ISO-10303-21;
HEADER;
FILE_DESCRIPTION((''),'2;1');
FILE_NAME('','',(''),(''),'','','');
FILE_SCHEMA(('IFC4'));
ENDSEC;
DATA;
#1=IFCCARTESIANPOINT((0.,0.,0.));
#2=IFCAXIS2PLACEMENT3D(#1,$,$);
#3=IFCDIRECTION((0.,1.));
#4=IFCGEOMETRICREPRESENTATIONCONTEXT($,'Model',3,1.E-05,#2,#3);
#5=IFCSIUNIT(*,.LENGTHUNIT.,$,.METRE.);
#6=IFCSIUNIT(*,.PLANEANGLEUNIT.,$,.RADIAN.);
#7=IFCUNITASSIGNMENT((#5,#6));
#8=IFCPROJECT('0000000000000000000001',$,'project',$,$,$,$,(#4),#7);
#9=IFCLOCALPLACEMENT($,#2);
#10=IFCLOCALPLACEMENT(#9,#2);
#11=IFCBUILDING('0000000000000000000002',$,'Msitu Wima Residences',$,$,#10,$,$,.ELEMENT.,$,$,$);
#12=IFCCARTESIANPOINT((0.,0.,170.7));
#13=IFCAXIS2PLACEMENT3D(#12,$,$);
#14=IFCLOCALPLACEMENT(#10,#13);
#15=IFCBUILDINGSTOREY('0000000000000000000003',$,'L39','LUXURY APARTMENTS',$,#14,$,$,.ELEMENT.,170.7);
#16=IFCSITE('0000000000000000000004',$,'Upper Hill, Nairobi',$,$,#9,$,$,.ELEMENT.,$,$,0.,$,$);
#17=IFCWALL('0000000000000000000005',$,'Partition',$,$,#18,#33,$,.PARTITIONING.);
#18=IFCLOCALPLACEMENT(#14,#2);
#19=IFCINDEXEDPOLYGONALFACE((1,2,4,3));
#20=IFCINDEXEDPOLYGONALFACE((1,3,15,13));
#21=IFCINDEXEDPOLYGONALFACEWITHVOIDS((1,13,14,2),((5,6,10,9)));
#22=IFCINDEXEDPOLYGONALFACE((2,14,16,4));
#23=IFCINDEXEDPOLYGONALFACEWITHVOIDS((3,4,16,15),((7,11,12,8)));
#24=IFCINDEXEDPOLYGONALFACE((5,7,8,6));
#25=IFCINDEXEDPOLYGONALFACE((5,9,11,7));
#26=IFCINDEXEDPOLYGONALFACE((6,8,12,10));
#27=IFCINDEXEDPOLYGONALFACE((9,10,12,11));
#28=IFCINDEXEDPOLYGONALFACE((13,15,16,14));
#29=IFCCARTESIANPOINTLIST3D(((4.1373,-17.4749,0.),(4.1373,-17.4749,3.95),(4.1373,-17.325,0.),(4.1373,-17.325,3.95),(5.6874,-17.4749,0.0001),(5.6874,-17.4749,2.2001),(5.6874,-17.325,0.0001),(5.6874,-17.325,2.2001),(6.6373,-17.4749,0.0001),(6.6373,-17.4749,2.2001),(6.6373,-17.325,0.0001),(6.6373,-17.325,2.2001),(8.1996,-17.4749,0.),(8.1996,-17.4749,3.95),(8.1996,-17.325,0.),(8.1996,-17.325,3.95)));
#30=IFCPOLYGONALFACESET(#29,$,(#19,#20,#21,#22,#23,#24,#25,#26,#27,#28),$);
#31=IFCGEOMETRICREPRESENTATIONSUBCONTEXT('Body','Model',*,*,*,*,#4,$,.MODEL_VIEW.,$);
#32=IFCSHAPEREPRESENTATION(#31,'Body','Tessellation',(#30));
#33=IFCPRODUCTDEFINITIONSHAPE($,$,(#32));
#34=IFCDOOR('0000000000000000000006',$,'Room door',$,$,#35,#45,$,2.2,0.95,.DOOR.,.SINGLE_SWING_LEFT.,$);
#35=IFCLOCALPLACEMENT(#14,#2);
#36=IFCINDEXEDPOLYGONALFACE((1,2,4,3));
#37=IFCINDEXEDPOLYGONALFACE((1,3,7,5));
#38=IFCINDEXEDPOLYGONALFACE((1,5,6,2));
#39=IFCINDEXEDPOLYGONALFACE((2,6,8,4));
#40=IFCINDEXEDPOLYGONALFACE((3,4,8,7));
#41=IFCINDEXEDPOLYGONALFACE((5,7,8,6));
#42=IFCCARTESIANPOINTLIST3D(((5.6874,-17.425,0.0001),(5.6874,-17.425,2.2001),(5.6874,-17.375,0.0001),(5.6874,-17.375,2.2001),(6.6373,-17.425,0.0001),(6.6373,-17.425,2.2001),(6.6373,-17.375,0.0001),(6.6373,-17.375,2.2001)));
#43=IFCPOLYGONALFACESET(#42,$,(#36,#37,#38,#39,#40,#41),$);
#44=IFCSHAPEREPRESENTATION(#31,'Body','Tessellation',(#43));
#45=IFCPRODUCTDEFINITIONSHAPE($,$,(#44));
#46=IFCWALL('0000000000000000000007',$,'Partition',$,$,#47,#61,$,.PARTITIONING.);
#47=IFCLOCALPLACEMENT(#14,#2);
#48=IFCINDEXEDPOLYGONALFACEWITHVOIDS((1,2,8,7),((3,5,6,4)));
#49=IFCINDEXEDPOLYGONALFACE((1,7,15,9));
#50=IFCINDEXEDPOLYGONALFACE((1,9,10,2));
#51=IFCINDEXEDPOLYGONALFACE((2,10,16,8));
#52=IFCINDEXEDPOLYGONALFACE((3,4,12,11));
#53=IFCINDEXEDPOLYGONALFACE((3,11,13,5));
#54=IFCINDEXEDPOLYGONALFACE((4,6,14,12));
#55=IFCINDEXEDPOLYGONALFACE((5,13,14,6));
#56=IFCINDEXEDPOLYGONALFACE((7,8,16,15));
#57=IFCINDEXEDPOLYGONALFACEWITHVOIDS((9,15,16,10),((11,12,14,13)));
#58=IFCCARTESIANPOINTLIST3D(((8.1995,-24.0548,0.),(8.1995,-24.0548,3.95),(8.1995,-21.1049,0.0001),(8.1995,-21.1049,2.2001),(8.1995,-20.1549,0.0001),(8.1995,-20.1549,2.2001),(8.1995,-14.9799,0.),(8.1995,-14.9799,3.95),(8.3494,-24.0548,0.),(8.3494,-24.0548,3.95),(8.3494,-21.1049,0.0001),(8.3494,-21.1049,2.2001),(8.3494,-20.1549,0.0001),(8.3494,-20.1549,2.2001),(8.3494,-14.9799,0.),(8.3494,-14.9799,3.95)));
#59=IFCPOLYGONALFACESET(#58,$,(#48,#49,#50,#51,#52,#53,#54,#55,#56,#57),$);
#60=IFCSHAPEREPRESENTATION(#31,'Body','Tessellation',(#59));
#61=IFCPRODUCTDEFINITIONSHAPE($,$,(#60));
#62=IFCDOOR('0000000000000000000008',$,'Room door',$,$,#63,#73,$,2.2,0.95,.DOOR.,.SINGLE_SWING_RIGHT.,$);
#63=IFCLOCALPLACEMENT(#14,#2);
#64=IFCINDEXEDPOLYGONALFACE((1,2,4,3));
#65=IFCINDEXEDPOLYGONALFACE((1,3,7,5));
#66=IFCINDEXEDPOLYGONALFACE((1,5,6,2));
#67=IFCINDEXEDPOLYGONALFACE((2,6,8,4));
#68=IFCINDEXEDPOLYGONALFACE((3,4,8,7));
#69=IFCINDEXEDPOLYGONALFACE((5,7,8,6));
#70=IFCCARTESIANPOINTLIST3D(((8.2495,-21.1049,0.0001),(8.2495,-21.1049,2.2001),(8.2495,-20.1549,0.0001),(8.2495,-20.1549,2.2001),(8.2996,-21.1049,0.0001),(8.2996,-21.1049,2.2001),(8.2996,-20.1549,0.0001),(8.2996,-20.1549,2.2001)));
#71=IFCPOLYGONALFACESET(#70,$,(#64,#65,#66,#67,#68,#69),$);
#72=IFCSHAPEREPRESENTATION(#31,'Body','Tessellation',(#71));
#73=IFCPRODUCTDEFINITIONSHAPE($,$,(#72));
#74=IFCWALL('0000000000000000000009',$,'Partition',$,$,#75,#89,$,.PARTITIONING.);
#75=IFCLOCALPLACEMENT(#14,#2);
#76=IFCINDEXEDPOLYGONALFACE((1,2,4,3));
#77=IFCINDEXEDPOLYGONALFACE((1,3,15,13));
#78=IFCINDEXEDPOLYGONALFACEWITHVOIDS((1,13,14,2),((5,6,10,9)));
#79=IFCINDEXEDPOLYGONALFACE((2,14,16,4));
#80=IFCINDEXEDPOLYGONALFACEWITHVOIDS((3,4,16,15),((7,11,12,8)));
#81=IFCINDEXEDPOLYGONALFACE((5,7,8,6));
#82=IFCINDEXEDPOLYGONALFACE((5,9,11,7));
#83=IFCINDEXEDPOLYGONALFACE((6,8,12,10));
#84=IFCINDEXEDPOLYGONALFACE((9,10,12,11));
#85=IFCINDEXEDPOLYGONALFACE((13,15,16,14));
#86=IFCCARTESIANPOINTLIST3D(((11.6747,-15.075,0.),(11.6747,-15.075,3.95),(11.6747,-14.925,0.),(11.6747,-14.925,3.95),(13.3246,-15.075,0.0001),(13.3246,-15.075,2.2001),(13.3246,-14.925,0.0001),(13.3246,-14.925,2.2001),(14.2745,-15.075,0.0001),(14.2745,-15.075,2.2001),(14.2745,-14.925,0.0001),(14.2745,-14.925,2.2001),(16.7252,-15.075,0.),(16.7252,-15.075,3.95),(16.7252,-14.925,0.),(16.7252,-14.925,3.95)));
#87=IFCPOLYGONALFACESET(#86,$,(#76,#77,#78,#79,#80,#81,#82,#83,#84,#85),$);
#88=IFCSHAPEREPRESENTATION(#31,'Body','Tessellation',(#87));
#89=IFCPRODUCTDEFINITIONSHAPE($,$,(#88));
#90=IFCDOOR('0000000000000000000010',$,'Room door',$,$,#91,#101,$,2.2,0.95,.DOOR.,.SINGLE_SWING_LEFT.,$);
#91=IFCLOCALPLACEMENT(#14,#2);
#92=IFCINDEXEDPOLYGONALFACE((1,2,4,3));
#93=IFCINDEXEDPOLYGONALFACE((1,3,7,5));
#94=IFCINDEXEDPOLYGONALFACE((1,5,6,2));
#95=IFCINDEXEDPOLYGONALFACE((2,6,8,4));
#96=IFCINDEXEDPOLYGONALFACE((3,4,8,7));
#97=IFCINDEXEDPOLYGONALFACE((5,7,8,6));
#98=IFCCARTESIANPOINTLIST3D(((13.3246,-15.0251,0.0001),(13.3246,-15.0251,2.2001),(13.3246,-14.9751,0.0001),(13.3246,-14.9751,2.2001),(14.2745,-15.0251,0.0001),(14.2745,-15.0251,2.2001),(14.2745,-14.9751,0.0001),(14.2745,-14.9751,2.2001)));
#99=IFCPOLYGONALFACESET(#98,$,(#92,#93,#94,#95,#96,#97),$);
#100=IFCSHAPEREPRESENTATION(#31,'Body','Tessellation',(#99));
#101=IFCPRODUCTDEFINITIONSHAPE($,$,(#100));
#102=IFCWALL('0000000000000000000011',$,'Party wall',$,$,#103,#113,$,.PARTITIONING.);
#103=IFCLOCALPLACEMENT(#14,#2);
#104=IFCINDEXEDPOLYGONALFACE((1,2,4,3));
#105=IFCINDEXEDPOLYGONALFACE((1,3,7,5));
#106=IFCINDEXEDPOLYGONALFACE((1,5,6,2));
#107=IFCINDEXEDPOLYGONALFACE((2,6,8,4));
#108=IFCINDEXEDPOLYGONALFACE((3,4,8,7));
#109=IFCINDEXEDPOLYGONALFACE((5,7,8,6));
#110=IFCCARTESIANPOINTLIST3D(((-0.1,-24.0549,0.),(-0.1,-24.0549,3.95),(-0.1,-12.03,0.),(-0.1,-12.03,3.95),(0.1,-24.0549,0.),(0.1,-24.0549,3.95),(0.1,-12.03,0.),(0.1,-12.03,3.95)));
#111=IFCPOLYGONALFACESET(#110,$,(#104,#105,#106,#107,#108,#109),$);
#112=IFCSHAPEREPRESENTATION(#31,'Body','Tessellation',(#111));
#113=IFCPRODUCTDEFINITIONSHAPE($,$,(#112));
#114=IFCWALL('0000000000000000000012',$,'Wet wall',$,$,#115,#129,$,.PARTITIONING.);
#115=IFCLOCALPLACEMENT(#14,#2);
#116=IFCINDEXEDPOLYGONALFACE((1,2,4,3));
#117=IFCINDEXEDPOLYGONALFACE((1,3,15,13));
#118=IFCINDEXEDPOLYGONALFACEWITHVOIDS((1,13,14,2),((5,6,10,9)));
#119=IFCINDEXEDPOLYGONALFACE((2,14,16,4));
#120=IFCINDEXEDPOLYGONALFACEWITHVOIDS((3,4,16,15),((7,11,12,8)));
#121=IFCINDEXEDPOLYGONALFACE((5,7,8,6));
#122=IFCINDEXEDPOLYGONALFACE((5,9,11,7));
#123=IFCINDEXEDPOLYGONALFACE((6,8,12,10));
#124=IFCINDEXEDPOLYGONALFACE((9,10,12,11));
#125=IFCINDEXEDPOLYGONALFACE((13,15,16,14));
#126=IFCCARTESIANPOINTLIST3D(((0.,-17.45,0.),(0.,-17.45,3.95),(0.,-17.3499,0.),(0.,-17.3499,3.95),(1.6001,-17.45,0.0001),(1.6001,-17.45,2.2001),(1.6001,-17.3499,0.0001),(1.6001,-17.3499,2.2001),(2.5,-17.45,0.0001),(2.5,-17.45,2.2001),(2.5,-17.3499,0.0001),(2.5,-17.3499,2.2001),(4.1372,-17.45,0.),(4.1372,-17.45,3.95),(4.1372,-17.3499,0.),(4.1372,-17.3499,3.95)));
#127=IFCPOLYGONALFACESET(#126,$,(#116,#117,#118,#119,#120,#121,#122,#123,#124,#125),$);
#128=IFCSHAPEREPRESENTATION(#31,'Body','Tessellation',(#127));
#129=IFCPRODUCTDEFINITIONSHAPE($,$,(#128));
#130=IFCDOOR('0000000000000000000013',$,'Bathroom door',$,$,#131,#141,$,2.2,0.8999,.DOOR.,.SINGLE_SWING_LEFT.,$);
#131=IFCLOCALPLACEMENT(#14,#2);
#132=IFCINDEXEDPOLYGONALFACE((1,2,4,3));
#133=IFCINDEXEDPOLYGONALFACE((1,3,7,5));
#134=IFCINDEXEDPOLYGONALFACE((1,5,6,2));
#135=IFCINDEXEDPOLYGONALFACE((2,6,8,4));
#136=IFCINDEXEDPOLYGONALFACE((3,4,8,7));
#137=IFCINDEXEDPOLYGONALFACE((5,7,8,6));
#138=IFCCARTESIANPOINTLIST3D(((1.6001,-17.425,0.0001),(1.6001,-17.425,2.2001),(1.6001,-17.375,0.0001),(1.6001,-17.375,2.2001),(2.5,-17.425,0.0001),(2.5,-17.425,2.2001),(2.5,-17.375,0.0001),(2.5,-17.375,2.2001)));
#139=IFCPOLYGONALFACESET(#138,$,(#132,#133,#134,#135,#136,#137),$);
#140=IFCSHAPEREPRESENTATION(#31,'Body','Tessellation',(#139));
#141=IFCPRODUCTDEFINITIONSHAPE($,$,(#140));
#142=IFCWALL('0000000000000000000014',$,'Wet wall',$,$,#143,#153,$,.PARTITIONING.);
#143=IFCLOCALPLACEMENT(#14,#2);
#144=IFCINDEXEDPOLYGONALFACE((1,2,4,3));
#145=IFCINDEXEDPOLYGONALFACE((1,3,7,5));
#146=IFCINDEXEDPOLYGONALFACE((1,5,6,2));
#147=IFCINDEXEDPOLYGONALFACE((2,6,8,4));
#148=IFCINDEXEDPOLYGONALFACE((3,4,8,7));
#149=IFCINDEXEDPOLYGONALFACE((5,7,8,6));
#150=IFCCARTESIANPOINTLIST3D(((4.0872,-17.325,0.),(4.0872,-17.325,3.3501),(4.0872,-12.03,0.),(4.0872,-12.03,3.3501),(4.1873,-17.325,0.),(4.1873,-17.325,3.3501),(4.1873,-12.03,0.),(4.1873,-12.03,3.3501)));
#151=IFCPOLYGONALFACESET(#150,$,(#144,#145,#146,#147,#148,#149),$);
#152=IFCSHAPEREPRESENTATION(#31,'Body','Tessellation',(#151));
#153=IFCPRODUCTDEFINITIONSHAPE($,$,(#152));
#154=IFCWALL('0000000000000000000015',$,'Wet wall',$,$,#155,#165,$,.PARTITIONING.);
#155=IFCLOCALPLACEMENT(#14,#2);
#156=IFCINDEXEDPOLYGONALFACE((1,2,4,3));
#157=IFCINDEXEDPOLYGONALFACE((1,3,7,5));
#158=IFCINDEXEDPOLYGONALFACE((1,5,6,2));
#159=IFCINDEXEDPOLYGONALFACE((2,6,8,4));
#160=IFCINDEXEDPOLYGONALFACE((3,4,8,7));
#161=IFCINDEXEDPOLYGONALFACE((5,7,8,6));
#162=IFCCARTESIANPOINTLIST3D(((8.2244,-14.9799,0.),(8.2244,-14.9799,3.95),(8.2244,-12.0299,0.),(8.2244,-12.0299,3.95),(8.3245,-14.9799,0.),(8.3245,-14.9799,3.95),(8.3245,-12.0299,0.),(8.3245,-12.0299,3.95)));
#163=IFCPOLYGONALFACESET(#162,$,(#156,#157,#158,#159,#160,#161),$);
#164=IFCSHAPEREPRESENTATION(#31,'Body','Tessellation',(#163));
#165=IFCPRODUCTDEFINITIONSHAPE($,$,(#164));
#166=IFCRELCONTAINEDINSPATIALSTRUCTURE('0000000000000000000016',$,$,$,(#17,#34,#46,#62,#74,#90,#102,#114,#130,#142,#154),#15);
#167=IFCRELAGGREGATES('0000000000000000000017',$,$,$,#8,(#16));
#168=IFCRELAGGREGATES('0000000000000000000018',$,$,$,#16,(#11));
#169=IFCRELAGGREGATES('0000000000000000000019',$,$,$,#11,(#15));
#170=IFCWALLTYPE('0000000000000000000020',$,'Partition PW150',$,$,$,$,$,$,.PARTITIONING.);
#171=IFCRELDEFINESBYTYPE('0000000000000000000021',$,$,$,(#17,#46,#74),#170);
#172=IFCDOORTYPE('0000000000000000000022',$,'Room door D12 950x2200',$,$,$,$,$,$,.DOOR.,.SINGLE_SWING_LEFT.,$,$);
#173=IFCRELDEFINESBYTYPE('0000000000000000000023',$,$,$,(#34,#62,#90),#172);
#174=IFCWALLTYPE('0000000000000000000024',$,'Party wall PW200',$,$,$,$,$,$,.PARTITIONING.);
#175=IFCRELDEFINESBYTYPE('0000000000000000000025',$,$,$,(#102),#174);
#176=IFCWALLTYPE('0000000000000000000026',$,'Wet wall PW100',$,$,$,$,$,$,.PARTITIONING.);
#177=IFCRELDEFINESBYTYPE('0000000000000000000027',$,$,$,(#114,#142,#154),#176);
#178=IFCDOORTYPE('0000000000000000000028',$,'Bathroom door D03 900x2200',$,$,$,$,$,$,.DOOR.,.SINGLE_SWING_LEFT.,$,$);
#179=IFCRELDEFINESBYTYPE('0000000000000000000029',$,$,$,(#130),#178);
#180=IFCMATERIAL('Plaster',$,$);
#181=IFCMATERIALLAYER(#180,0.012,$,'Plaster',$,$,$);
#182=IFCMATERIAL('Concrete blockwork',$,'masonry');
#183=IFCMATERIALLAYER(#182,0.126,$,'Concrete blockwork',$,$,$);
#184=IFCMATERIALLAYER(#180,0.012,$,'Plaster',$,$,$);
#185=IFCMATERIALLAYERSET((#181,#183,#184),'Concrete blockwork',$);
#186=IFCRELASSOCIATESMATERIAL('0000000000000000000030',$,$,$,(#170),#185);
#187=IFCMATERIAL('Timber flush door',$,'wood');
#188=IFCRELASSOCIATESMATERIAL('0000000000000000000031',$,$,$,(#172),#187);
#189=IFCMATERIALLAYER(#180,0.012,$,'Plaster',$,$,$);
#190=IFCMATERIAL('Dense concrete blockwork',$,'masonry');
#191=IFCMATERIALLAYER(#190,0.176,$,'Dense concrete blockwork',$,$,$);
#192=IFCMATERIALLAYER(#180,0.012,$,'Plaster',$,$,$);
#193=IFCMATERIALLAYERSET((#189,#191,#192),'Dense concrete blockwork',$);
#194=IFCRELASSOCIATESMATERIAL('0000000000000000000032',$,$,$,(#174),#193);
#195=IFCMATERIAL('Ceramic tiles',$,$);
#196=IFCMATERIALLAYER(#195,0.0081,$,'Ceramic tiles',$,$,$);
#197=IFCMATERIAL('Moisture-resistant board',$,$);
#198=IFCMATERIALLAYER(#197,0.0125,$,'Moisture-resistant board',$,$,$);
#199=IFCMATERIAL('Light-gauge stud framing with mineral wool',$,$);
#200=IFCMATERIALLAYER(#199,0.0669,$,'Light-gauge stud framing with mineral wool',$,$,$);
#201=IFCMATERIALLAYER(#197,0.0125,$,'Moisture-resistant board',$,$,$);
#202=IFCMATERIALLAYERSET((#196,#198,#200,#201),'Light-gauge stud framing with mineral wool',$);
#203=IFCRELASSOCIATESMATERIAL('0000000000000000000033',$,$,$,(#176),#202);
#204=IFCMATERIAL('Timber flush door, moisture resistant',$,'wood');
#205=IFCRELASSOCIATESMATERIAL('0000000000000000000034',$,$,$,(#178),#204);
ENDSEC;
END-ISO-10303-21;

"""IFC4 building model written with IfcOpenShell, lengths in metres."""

from ifc_helpers import new_model, si_unit, direction, frame, frame_2d, origin, place, context, subcontext, project, spatial, rectangle, extrude, material, layer, layer_set, type_object, element, fill, save


model = new_model("IFC4")

# Units and contexts
model_context = context("Model", 3, precision=1e-05, world=origin(), true_north=direction((0.0, 1.0)))
body_context = subcontext(model_context, "Body", "Model", "MODEL_VIEW")
ifc_project = project(units=[si_unit("LENGTHUNIT", "METRE"), si_unit("PLANEANGLEUNIT", "RADIAN")], contexts=[model_context])

# Site, building, storey
site_placement = place(None, origin())
site = spatial("IfcSite", under=ifc_project, at=site_placement, Name="Upper Hill, Nairobi", CompositionType="ELEMENT", RefElevation=0.0)
building_placement = place(site_placement, origin())
building = spatial("IfcBuilding", under=site, at=building_placement, Name="Msitu Wima Residences", CompositionType="ELEMENT")
storey_placement = place(building_placement, frame((0.0, 0.0, 170.7)))
storey = spatial("IfcBuildingStorey", under=building, at=storey_placement, Name="L39", Description="LUXURY APARTMENTS", CompositionType="ELEMENT", Elevation=170.7)

# Walls, openings, doors
ifc_material_1 = material(Name="Plaster")
ifc_layer_1 = layer(ifc_material_1, 0.012, Name="Plaster")
ifc_material_2 = material(Name="Concrete blockwork", Category="masonry")
ifc_layer_2 = layer(ifc_material_2, 0.126, Name="Concrete blockwork")
ifc_layer_3 = layer(ifc_material_1, 0.012, Name="Plaster")
ifc_layer_set_1 = layer_set([ifc_layer_1, ifc_layer_2, ifc_layer_3], Name="Concrete blockwork")
wall_type_1 = type_object("IfcWallType", Name="Partition PW150", PredefinedType="PARTITIONING", material=ifc_layer_set_1)
wall_1_placement = place(storey_placement, frame((4.1372, -17.3999, 0.0), z_axis=(0.0, 0.0, 1.0), x_axis=(1.0, 0.0, 0.0)))
wall_1 = element("IfcWall", 1, at=wall_1_placement, inside=storey, type_object=wall_type_1, Name="Partition", PredefinedType="PARTITIONING", context=body_context, shape_type="SweptSolid", body=[
    extrude(rectangle(XDim=4.0623, YDim=0.1499, at=frame_2d((2.0312, 0.0))), origin(), (0.0, 0.0, 1.0), 3.95),
])
opening_1_placement = place(wall_1_placement, frame((1.55, 0.0, 0.0)))
opening_1 = element("IfcOpeningElement", 2, at=opening_1_placement, cuts=wall_1, PredefinedType="OPENING", context=body_context, shape_type="SweptSolid", body=[
    extrude(rectangle(XDim=0.95, YDim=2.2, at=frame_2d((0.4751, 1.1001))), frame((0.0, 0.085, 0.0), z_axis=(0.0, -1.0, 0.0), x_axis=(1.0, 0.0, 0.0)), (0.0, 0.0, 1.0), 0.1699),
])
ifc_material_3 = material(Name="Timber flush door", Category="wood")
door_type_1 = type_object("IfcDoorType", Name="Room door D12 950x2200", OperationType="SINGLE_SWING_LEFT", PredefinedType="DOOR", material=ifc_material_3)
door_1_placement = place(opening_1_placement, origin())
door_1 = element("IfcDoor", 3, at=door_1_placement, inside=storey, type_object=door_type_1, Name="Room door", OperationType="SINGLE_SWING_LEFT", OverallHeight=2.2, OverallWidth=0.95, PredefinedType="DOOR", context=body_context, shape_type="SweptSolid", body=[
    extrude(rectangle(XDim=0.95, YDim=2.2, at=frame_2d((0.4751, 1.1001))), frame((0.0, 0.0249, 0.0), z_axis=(0.0, -1.0, 0.0), x_axis=(1.0, 0.0, 0.0)), (0.0, 0.0, 1.0), 0.05),
])
fill(opening_1, door_1)
wall_2_placement = place(storey_placement, frame((8.2744, -24.0549, 0.0), z_axis=(0.0, 0.0, 1.0), x_axis=(0.0, 1.0, 0.0)))
wall_2 = element("IfcWall", 4, at=wall_2_placement, inside=storey, type_object=wall_type_1, Name="Partition", PredefinedType="PARTITIONING", context=body_context, shape_type="SweptSolid", body=[
    extrude(rectangle(XDim=9.075, YDim=0.1499, at=frame_2d((4.5376, 0.0))), origin(), (0.0, 0.0, 1.0), 3.95),
])
opening_2_placement = place(wall_2_placement, frame((2.95, 0.0, 0.0)))
opening_2 = element("IfcOpeningElement", 5, at=opening_2_placement, cuts=wall_2, PredefinedType="OPENING", context=body_context, shape_type="SweptSolid", body=[
    extrude(rectangle(XDim=0.95, YDim=2.2, at=frame_2d((0.4751, 1.1001))), frame((0.0, 0.085, 0.0), z_axis=(0.0, -1.0, 0.0), x_axis=(1.0, 0.0, 0.0)), (0.0, 0.0, 1.0), 0.1699),
])
door_2_placement = place(opening_2_placement, origin())
door_2 = element("IfcDoor", 6, at=door_2_placement, inside=storey, type_object=door_type_1, Name="Room door", OperationType="SINGLE_SWING_RIGHT", OverallHeight=2.2, OverallWidth=0.95, PredefinedType="DOOR", context=body_context, shape_type="SweptSolid", body=[
    extrude(rectangle(XDim=0.95, YDim=2.2, at=frame_2d((0.4751, 1.1001))), frame((0.0, 0.0249, 0.0), z_axis=(0.0, -1.0, 0.0), x_axis=(1.0, 0.0, 0.0)), (0.0, 0.0, 1.0), 0.05),
])
fill(opening_2, door_2)
wall_3_placement = place(storey_placement, frame((11.6746, -15.0, 0.0), z_axis=(0.0, 0.0, 1.0), x_axis=(1.0, 0.0, 0.0)))
wall_3 = element("IfcWall", 7, at=wall_3_placement, inside=storey, type_object=wall_type_1, Name="Partition", PredefinedType="PARTITIONING", context=body_context, shape_type="SweptSolid", body=[
    extrude(rectangle(XDim=5.0505, YDim=0.1499, at=frame_2d((2.5254, 0.0))), origin(), (0.0, 0.0, 1.0), 3.95),
])
opening_3_placement = place(wall_3_placement, frame((1.6499, 0.0, 0.0)))
opening_3 = element("IfcOpeningElement", 8, at=opening_3_placement, cuts=wall_3, PredefinedType="OPENING", context=body_context, shape_type="SweptSolid", body=[
    extrude(rectangle(XDim=0.95, YDim=2.2, at=frame_2d((0.4751, 1.1001))), frame((0.0, 0.085, 0.0), z_axis=(0.0, -1.0, 0.0), x_axis=(1.0, 0.0, 0.0)), (0.0, 0.0, 1.0), 0.1699),
])
door_3_placement = place(opening_3_placement, origin())
door_3 = element("IfcDoor", 9, at=door_3_placement, inside=storey, type_object=door_type_1, Name="Room door", OperationType="SINGLE_SWING_LEFT", OverallHeight=2.2, OverallWidth=0.95, PredefinedType="DOOR", context=body_context, shape_type="SweptSolid", body=[
    extrude(rectangle(XDim=0.95, YDim=2.2, at=frame_2d((0.4751, 1.1001))), frame((0.0, 0.0249, 0.0), z_axis=(0.0, -1.0, 0.0), x_axis=(1.0, 0.0, 0.0)), (0.0, 0.0, 1.0), 0.05),
])
fill(opening_3, door_3)

# Wall
ifc_layer_4 = layer(ifc_material_1, 0.012, Name="Plaster")
ifc_material_4 = material(Name="Dense concrete blockwork", Category="masonry")
ifc_layer_5 = layer(ifc_material_4, 0.176, Name="Dense concrete blockwork")
ifc_layer_6 = layer(ifc_material_1, 0.012, Name="Plaster")
ifc_layer_set_2 = layer_set([ifc_layer_4, ifc_layer_5, ifc_layer_6], Name="Dense concrete blockwork")
wall_type_2 = type_object("IfcWallType", Name="Party wall PW200", PredefinedType="PARTITIONING", material=ifc_layer_set_2)
wall_4_placement = place(storey_placement, frame((0.0, -24.0549, 0.0), z_axis=(0.0, 0.0, 1.0), x_axis=(0.0, 1.0, 0.0)))
element("IfcWall", 10, at=wall_4_placement, inside=storey, type_object=wall_type_2, Name="Party wall", PredefinedType="PARTITIONING", context=body_context, shape_type="SweptSolid", body=[
    extrude(rectangle(XDim=12.0249, YDim=0.2, at=frame_2d((6.0125, 0.0))), origin(), (0.0, 0.0, 1.0), 3.95),
])

# Wall, opening, door
ifc_material_5 = material(Name="Ceramic tiles")
ifc_layer_7 = layer(ifc_material_5, 0.0081, Name="Ceramic tiles")
ifc_material_6 = material(Name="Moisture-resistant board")
ifc_layer_8 = layer(ifc_material_6, 0.0125, Name="Moisture-resistant board")
ifc_material_7 = material(Name="Light-gauge stud framing with mineral wool")
ifc_layer_9 = layer(ifc_material_7, 0.0669, Name="Light-gauge stud framing with mineral wool")
ifc_layer_10 = layer(ifc_material_6, 0.0125, Name="Moisture-resistant board")
ifc_layer_set_3 = layer_set([ifc_layer_7, ifc_layer_8, ifc_layer_9, ifc_layer_10], Name="Light-gauge stud framing with mineral wool")
wall_type_3 = type_object("IfcWallType", Name="Wet wall PW100", PredefinedType="PARTITIONING", material=ifc_layer_set_3)
wall_5_placement = place(storey_placement, frame((0.0, -17.3999, 0.0), z_axis=(0.0, 0.0, 1.0), x_axis=(1.0, 0.0, 0.0)))
wall_5 = element("IfcWall", 11, at=wall_5_placement, inside=storey, type_object=wall_type_3, Name="Wet wall", PredefinedType="PARTITIONING", context=body_context, shape_type="SweptSolid", body=[
    extrude(rectangle(XDim=4.1372, YDim=0.1001, at=frame_2d((2.0686, 0.0))), origin(), (0.0, 0.0, 1.0), 3.95),
])
opening_4_placement = place(wall_5_placement, frame((1.6001, 0.0, 0.0)))
opening_4 = element("IfcOpeningElement", 12, at=opening_4_placement, cuts=wall_5, PredefinedType="OPENING", context=body_context, shape_type="SweptSolid", body=[
    extrude(rectangle(XDim=0.8999, YDim=2.2, at=frame_2d((0.45, 1.1001))), frame((0.0, 0.0601, 0.0), z_axis=(0.0, -1.0, 0.0), x_axis=(1.0, 0.0, 0.0)), (0.0, 0.0, 1.0), 0.1201),
])
ifc_material_8 = material(Name="Timber flush door, moisture resistant", Category="wood")
door_type_2 = type_object("IfcDoorType", Name="Bathroom door D03 900x2200", OperationType="SINGLE_SWING_LEFT", PredefinedType="DOOR", material=ifc_material_8)
door_4_placement = place(opening_4_placement, origin())
door_4 = element("IfcDoor", 13, at=door_4_placement, inside=storey, type_object=door_type_2, Name="Bathroom door", OperationType="SINGLE_SWING_LEFT", OverallHeight=2.2, OverallWidth=0.8999, PredefinedType="DOOR", context=body_context, shape_type="SweptSolid", body=[
    extrude(rectangle(XDim=0.8999, YDim=2.2, at=frame_2d((0.45, 1.1001))), frame((0.0, 0.0249, 0.0), z_axis=(0.0, -1.0, 0.0), x_axis=(1.0, 0.0, 0.0)), (0.0, 0.0, 1.0), 0.05),
])
fill(opening_4, door_4)

# Walls
wall_6_placement = place(storey_placement, frame((4.1372, -17.325, 0.0), z_axis=(0.0, 0.0, 1.0), x_axis=(0.0, 1.0, 0.0)))
element("IfcWall", 14, at=wall_6_placement, inside=storey, type_object=wall_type_3, Name="Wet wall", PredefinedType="PARTITIONING", context=body_context, shape_type="SweptSolid", body=[
    extrude(rectangle(XDim=5.2949, YDim=0.1001, at=frame_2d((2.6475, 0.0))), origin(), (0.0, 0.0, 1.0), 3.3501),
])
wall_7_placement = place(storey_placement, frame((8.2744, -14.98, 0.0), z_axis=(0.0, 0.0, 1.0), x_axis=(0.0, 1.0, 0.0)))
element("IfcWall", 15, at=wall_7_placement, inside=storey, type_object=wall_type_3, Name="Wet wall", PredefinedType="PARTITIONING", context=body_context, shape_type="SweptSolid", body=[
    extrude(rectangle(XDim=2.95, YDim=0.1001, at=frame_2d((1.4751, 0.0))), origin(), (0.0, 0.0, 1.0), 3.95),
])

save(model, "model.ifc")
